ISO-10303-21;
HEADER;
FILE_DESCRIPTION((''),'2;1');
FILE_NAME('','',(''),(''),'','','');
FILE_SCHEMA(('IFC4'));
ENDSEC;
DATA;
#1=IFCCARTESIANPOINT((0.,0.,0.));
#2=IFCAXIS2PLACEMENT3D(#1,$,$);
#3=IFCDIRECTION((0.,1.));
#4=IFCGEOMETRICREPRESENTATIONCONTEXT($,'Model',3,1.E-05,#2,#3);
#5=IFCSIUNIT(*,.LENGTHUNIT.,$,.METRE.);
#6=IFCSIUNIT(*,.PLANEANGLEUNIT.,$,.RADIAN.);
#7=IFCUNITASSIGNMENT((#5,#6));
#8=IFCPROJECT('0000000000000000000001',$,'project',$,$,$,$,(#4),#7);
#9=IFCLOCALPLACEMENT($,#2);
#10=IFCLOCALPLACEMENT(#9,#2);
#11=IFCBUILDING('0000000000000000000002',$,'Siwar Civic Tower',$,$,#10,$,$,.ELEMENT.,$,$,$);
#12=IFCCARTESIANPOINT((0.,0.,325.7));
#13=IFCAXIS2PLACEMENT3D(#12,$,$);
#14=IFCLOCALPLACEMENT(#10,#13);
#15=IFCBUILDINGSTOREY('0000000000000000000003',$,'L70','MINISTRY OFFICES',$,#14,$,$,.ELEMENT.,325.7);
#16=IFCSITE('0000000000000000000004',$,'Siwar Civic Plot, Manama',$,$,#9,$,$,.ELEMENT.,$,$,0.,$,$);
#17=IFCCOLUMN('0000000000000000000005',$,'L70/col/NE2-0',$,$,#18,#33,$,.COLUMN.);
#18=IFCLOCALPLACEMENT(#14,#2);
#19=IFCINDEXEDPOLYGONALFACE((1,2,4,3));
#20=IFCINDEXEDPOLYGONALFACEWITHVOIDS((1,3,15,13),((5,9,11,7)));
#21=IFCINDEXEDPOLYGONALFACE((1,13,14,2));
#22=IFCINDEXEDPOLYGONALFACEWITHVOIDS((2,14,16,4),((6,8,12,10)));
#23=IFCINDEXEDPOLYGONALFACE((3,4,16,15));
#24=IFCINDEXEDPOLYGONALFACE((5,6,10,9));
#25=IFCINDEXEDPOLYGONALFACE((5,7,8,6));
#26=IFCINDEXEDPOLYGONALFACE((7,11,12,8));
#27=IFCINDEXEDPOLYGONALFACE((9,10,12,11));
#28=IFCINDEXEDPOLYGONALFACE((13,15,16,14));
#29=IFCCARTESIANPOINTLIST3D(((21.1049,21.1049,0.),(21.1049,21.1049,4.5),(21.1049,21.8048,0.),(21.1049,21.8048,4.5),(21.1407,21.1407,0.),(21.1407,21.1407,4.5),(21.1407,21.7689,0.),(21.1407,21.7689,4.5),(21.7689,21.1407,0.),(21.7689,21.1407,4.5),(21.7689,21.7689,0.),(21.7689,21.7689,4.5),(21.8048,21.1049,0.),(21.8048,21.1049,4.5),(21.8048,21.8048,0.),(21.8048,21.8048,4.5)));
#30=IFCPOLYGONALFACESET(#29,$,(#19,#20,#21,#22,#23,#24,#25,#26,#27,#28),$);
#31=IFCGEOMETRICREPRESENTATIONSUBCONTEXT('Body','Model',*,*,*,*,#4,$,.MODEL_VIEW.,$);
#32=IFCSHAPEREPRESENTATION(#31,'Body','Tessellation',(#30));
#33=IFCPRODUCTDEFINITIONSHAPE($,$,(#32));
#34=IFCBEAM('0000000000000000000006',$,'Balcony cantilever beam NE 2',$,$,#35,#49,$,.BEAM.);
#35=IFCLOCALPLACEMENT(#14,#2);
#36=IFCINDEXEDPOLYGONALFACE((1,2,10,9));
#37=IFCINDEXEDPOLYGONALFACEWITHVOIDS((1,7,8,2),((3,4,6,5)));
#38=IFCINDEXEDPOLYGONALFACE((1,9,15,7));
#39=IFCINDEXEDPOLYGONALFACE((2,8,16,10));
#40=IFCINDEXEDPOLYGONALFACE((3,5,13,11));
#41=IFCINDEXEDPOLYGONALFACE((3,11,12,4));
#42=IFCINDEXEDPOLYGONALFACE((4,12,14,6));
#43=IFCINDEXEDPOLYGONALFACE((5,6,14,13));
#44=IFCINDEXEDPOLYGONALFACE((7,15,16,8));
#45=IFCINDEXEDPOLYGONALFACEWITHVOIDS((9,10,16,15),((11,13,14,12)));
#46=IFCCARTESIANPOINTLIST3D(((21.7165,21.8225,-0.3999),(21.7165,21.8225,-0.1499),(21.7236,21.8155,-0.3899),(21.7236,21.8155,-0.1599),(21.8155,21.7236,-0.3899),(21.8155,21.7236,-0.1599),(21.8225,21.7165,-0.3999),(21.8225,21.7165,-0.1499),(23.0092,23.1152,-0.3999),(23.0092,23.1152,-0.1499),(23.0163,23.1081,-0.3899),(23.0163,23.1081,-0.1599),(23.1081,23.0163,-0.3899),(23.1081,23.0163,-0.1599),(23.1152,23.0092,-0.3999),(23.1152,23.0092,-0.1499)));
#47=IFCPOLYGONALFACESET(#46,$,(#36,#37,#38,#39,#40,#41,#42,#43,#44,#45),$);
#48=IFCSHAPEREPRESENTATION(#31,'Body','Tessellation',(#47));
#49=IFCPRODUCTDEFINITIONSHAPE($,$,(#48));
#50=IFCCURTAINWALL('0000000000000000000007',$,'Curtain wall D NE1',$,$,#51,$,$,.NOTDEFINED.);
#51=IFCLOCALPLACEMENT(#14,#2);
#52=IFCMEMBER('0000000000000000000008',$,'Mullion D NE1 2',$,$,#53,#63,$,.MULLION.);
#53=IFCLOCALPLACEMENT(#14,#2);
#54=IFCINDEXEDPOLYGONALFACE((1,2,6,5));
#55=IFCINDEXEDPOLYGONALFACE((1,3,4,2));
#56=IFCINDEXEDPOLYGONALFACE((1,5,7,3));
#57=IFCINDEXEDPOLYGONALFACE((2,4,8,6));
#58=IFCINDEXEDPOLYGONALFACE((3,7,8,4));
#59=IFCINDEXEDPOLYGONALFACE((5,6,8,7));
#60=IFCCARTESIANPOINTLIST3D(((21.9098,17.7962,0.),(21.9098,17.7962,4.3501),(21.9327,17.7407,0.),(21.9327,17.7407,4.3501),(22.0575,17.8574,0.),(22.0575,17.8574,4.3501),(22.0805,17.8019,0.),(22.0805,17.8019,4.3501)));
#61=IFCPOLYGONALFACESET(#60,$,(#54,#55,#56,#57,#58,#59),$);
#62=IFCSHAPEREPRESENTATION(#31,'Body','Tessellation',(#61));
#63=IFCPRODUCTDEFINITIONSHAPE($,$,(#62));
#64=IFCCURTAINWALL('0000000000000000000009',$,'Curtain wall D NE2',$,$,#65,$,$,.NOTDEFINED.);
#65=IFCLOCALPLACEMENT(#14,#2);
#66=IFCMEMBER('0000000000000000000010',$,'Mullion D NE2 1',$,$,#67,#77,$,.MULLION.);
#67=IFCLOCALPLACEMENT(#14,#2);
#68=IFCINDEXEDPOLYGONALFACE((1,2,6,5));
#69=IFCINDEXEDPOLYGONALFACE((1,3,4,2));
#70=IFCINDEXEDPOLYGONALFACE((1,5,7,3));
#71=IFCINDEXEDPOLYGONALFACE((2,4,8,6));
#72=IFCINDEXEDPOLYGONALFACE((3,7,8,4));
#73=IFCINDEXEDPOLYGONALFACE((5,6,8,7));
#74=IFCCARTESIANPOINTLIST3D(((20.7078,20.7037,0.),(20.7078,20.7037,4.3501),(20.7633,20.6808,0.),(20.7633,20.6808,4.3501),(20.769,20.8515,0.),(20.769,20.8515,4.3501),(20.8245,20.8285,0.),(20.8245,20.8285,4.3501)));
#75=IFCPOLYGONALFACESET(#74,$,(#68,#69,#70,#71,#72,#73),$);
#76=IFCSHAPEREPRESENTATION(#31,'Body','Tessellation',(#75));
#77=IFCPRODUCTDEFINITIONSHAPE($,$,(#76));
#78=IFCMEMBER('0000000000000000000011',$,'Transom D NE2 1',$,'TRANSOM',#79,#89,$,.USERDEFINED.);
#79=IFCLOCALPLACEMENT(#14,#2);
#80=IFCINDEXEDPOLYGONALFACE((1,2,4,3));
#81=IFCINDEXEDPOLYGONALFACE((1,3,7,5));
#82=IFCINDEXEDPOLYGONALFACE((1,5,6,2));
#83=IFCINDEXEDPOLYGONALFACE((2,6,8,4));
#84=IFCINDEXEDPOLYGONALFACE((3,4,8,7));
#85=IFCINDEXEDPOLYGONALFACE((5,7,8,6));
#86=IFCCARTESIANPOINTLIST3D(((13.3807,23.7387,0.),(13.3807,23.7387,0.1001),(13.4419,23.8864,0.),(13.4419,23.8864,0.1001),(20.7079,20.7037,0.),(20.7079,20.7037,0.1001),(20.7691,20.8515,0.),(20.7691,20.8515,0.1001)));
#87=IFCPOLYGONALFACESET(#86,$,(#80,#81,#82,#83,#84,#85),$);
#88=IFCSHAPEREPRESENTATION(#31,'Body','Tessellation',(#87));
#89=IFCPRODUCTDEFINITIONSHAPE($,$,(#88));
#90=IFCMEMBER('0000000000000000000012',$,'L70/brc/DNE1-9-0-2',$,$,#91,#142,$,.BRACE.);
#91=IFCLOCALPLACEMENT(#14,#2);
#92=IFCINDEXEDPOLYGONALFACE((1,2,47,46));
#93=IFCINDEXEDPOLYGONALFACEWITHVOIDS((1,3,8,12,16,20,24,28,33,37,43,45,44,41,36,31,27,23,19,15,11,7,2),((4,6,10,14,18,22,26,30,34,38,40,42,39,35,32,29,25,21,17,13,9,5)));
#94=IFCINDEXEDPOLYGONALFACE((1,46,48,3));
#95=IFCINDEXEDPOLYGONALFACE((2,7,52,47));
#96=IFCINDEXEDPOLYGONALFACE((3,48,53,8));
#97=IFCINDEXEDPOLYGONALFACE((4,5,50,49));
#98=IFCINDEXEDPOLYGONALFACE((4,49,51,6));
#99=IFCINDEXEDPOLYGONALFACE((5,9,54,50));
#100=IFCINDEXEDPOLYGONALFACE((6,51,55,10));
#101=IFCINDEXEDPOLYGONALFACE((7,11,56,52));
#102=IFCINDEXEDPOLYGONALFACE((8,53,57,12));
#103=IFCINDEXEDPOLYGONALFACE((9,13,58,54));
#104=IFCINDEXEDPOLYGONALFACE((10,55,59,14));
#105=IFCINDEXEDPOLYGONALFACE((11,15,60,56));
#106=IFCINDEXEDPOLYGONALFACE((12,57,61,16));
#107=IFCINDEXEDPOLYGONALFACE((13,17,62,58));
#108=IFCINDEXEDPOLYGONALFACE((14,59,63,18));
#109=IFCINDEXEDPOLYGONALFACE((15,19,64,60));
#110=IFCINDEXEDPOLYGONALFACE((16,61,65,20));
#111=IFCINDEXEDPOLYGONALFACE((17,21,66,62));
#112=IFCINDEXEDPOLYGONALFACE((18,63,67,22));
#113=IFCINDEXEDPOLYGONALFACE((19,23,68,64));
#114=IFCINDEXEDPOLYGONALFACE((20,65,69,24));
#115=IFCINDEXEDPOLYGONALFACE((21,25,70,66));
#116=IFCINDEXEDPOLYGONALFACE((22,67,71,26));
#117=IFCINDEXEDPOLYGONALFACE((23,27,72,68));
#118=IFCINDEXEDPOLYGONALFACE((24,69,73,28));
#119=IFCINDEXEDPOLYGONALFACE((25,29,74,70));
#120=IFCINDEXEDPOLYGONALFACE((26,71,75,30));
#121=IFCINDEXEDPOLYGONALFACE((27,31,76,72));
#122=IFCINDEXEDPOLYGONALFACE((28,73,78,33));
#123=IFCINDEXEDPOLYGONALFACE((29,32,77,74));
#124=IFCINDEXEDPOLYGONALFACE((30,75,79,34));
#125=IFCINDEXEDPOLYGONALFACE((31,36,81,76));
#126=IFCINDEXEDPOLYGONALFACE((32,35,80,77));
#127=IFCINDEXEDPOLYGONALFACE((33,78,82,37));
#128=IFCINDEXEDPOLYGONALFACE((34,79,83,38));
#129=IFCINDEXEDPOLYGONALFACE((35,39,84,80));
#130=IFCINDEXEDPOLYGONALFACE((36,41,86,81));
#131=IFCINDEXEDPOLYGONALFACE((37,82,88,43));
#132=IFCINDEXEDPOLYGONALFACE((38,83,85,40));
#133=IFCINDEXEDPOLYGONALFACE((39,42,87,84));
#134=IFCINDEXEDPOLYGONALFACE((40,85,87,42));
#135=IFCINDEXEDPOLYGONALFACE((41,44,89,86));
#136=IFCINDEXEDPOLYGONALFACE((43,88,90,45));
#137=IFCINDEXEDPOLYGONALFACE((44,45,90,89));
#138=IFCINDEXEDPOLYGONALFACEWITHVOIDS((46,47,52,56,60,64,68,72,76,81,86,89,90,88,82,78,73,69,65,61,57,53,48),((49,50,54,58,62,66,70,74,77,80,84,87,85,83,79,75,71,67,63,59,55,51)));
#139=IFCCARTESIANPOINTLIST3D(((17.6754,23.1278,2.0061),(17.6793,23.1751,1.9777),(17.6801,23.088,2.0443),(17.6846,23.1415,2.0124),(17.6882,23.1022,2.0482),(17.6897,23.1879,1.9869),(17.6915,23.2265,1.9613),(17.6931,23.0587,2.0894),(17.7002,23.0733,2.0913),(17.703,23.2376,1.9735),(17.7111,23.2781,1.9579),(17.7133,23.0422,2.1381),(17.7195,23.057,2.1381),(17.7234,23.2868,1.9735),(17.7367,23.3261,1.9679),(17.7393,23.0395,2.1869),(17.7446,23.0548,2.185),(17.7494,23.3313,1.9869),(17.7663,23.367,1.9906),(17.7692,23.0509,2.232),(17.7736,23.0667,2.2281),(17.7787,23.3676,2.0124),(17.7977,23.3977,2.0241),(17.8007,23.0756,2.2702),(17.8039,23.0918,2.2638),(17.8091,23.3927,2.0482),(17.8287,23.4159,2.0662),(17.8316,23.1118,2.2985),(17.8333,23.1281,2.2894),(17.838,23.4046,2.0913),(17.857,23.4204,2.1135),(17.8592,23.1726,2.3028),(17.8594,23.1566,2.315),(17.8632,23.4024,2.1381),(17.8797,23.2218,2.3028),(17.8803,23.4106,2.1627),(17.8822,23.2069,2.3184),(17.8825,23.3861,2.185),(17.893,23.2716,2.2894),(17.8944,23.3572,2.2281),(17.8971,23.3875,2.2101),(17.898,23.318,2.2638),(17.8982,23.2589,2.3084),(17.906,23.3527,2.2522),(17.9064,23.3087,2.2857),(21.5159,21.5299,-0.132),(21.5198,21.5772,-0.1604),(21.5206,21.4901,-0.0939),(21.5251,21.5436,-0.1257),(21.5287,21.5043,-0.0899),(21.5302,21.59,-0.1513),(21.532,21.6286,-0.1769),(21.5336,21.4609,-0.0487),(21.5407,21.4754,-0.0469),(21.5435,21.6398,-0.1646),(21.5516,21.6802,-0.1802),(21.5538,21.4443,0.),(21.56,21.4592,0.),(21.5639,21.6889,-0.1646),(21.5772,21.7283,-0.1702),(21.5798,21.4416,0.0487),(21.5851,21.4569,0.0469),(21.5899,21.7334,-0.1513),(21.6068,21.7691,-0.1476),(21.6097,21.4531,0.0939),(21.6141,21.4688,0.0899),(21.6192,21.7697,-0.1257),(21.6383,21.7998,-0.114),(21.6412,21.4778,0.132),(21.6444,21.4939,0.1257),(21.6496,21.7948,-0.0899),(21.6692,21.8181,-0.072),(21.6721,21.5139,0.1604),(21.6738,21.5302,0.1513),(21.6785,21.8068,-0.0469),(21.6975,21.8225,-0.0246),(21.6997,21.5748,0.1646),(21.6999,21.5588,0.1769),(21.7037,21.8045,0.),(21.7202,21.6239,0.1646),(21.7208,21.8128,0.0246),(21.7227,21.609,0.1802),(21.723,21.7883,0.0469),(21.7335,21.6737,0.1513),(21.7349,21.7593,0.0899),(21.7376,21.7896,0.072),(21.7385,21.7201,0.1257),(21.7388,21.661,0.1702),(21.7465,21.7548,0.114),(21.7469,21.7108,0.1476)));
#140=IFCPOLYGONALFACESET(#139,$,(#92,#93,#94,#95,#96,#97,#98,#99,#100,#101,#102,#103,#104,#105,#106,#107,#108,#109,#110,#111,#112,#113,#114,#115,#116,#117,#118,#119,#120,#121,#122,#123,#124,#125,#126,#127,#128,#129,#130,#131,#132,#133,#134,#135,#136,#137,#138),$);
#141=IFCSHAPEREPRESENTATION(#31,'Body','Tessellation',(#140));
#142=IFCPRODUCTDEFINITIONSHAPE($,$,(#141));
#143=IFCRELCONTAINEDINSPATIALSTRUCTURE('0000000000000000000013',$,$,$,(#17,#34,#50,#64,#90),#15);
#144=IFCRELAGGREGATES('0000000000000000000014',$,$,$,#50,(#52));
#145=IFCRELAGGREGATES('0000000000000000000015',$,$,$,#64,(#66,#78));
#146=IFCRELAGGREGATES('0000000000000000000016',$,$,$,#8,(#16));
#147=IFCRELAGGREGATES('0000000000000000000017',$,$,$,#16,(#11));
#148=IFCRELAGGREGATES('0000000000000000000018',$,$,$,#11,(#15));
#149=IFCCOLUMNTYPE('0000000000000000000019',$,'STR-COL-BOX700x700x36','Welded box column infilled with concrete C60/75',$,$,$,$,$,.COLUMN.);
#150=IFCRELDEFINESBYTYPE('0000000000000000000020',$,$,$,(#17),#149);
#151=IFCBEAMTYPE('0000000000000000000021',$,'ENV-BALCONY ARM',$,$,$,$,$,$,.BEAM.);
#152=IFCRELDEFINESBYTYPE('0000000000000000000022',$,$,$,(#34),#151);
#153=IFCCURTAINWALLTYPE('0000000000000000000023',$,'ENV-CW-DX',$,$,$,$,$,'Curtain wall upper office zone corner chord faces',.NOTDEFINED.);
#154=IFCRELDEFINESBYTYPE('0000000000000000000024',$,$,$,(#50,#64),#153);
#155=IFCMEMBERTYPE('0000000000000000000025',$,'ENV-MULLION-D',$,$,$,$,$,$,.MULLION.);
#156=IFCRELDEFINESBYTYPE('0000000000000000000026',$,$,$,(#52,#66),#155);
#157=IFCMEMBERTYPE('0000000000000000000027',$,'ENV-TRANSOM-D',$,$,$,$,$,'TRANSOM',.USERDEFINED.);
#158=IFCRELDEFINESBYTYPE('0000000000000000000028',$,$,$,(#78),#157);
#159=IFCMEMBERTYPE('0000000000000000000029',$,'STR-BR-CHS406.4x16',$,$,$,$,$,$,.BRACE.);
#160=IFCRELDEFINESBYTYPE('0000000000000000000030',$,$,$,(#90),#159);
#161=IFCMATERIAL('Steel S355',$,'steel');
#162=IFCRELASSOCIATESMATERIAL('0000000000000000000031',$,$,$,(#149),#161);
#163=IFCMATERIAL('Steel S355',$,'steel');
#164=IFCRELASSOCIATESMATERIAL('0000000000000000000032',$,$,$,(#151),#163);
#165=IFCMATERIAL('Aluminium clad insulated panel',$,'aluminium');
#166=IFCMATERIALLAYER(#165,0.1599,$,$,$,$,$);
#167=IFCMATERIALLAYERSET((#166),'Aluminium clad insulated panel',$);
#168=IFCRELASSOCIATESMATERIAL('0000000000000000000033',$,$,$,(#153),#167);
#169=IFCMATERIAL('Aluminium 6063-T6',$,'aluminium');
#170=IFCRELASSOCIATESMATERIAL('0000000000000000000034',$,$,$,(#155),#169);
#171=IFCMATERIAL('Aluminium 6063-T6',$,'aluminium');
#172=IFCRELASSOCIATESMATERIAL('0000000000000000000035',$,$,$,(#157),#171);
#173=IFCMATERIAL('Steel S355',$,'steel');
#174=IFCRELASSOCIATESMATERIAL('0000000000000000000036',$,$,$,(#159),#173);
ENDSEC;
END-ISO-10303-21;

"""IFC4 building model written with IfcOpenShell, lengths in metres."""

from ifc_helpers import new_model, si_unit, direction, frame, origin, origin_2d, place, context, subcontext, project, spatial, rectangle, hollow_rectangle, hollow_circle, extrude, material, layer, layer_set, material_profile, profile_set, type_object, element, aggregate, save


model = new_model("IFC4")

# Units and contexts
model_context = context("Model", 3, precision=1e-05, world=origin(), true_north=direction((0.0, 1.0)))
body_context = subcontext(model_context, "Body", "Model", "MODEL_VIEW")
ifc_project = project(units=[si_unit("LENGTHUNIT", "METRE"), si_unit("PLANEANGLEUNIT", "RADIAN")], contexts=[model_context])

# Site, building, storey
site_placement = place(None, origin())
site = spatial("IfcSite", under=ifc_project, at=site_placement, Name="Siwar Civic Plot, Manama", CompositionType="ELEMENT", RefElevation=0.0)
building_placement = place(site_placement, origin())
building = spatial("IfcBuilding", under=site, at=building_placement, Name="Siwar Civic Tower", CompositionType="ELEMENT")
storey_placement = place(building_placement, frame((0.0, 0.0, 325.7)))
storey = spatial("IfcBuildingStorey", under=building, at=storey_placement, Name="L70", Description="MINISTRY OFFICES", CompositionType="ELEMENT", Elevation=325.7)

# Column
ifc_material_1 = material(Name="Steel S355", Category="steel")
ifc_material_profile_1 = material_profile(ifc_material_1, hollow_rectangle(XDim=0.7, YDim=0.7, WallThickness=0.0359, at=origin_2d()), Name="BOX700x700x36")
ifc_profile_set_1 = profile_set([ifc_material_profile_1], Name="Steel S355")
column_type = type_object("IfcColumnType", Name="STR-COL-BOX700x700x36", Description="Welded box column infilled with concrete C60/75", PredefinedType="COLUMN", material=ifc_profile_set_1)
column_placement = place(storey_placement, frame((21.4548, 21.4548, 0.0), z_axis=(0.0, 0.0, 1.0), x_axis=(1.0, 0.0, 0.0)))
element("IfcColumn", 1, at=column_placement, inside=storey, type_object=column_type, Name="L70/col/NE2-0", PredefinedType="COLUMN", context=body_context, shape_type="SweptSolid", body=[
    extrude(hollow_rectangle(XDim=0.7, YDim=0.7, WallThickness=0.0359, at=origin_2d()), origin(), (0.0, 0.0, 1.0), 4.5),
])

# Beam
ifc_material_2 = material(Name="Steel S355", Category="steel")
ifc_material_profile_2 = material_profile(ifc_material_2, hollow_rectangle(XDim=0.1499, YDim=0.25, WallThickness=0.01, at=origin_2d()), Name="RHS250x150x10")
ifc_profile_set_2 = profile_set([ifc_material_profile_2], Name="Steel S355")
beam_type_1 = type_object("IfcBeamType", Name="ENV-BALCONY ARM", PredefinedType="BEAM", material=ifc_profile_set_2)
beam_1_placement = place(storey_placement, frame((21.7695, 21.7695, -0.2749), z_axis=(0.707107, 0.707107, 0.0), x_axis=(-0.707107, 0.707107, 0.0)))
element("IfcBeam", 2, at=beam_1_placement, inside=storey, type_object=beam_type_1, Name="Balcony cantilever beam NE 2", PredefinedType="BEAM", context=body_context, shape_type="SweptSolid", body=[
    extrude(hollow_rectangle(XDim=0.1499, YDim=0.25, WallThickness=0.01, at=origin_2d()), origin(), (0.0, 0.0, 1.0), 1.8281),
])

# Curtain wall, member
ifc_material_3 = material(Name="Aluminium clad insulated panel", Category="aluminium")
ifc_layer_1 = layer(ifc_material_3, 0.1599)
ifc_layer_set_1 = layer_set([ifc_layer_1], Name="Aluminium clad insulated panel")
curtain_wall_type = type_object("IfcCurtainWallType", Name="ENV-CW-DX", ElementType="Curtain wall upper office zone corner chord faces", PredefinedType="NOTDEFINED", material=ifc_layer_set_1)
curtain_wall_1_placement = place(storey_placement, origin())
curtain_wall_1 = element("IfcCurtainWall", 3, at=curtain_wall_1_placement, inside=storey, type_object=curtain_wall_type, Name="Curtain wall D NE1", PredefinedType="NOTDEFINED")
ifc_material_4 = material(Name="Aluminium 6063-T6", Category="aluminium")
ifc_material_profile_3 = material_profile(ifc_material_4, rectangle(XDim=0.1599, YDim=0.0601, at=origin_2d()), Name="AL 160x60")
ifc_profile_set_3 = profile_set([ifc_material_profile_3], Name="Aluminium 6063-T6")
member_type_1 = type_object("IfcMemberType", Name="ENV-MULLION-D", PredefinedType="MULLION", material=ifc_profile_set_3)
member_1_placement = place(storey_placement, frame((21.9951, 17.7991, 0.0), z_axis=(0.0, 0.0, 1.0), x_axis=(-0.92388, -0.382683, 0.0)))
member_1 = element("IfcMember", 4, at=member_1_placement, type_object=member_type_1, Name="Mullion D NE1 2", PredefinedType="MULLION", context=body_context, shape_type="SweptSolid", body=[
    extrude(rectangle(XDim=0.1599, YDim=0.0601, at=origin_2d()), origin(), (0.0, 0.0, 1.0), 4.3501),
])
aggregate(curtain_wall_1, [member_1])

# Curtain wall, members
curtain_wall_2_placement = place(storey_placement, origin())
curtain_wall_2 = element("IfcCurtainWall", 5, at=curtain_wall_2_placement, inside=storey, type_object=curtain_wall_type, Name="Curtain wall D NE2", PredefinedType="NOTDEFINED")
member_2_placement = place(storey_placement, frame((20.7661, 20.7661, 0.0), z_axis=(0.0, 0.0, 1.0), x_axis=(-0.382683, -0.92388, 0.0)))
member_2 = element("IfcMember", 6, at=member_2_placement, type_object=member_type_1, Name="Mullion D NE2 1", PredefinedType="MULLION", context=body_context, shape_type="SweptSolid", body=[
    extrude(rectangle(XDim=0.1599, YDim=0.0601, at=origin_2d()), origin(), (0.0, 0.0, 1.0), 4.3501),
])
ifc_material_5 = material(Name="Aluminium 6063-T6", Category="aluminium")
ifc_material_profile_4 = material_profile(ifc_material_5, rectangle(XDim=0.1599, YDim=0.1001, at=origin_2d()), Name="AL 160x100")
ifc_profile_set_4 = profile_set([ifc_material_profile_4], Name="Aluminium 6063-T6")
member_type_2 = type_object("IfcMemberType", Name="ENV-TRANSOM-D", ElementType="TRANSOM", PredefinedType="USERDEFINED", material=ifc_profile_set_4)
member_3_placement = place(storey_placement, frame((20.7385, 20.7776, 0.05), z_axis=(-0.923884, 0.382674, 0.0), x_axis=(-0.382674, -0.923884, 0.0)))
member_3 = element("IfcMember", 7, at=member_3_placement, type_object=member_type_2, Name="Transom D NE2 1", ObjectType="TRANSOM", PredefinedType="USERDEFINED", context=body_context, shape_type="SweptSolid", body=[
    extrude(rectangle(XDim=0.1599, YDim=0.1001, at=origin_2d()), origin(), (0.0, 0.0, 1.0), 7.9309),
])

# Member
ifc_material_6 = material(Name="Steel S355", Category="steel")
ifc_material_profile_5 = material_profile(ifc_material_6, hollow_circle(Radius=0.2031, WallThickness=0.0161, at=origin_2d()), Name="CHS406.4x16")
ifc_profile_set_5 = profile_set([ifc_material_profile_5], Name="Steel S355")
member_type_3 = type_object("IfcMemberType", Name="STR-BR-CHS406.4x16", PredefinedType="BRACE", material=ifc_profile_set_5)
member_4_placement = place(storey_placement, frame((21.6318, 21.6318, 0.0), z_axis=(-0.821147, 0.341644, 0.457161), x_axis=(-0.384136, -0.923276, 0.0)))
element("IfcMember", 8, at=member_4_placement, inside=storey, type_object=member_type_3, Name="L70/brc/DNE1-9-0-2", PredefinedType="BRACE", context=body_context, shape_type="SweptSolid", body=[
    extrude(hollow_circle(Radius=0.2031, WallThickness=0.0161, at=origin_2d()), origin(), (0.0, 0.0, 1.0), 4.677),
])

aggregate(curtain_wall_2, [member_2, member_3])

save(model, "model.ifc")
